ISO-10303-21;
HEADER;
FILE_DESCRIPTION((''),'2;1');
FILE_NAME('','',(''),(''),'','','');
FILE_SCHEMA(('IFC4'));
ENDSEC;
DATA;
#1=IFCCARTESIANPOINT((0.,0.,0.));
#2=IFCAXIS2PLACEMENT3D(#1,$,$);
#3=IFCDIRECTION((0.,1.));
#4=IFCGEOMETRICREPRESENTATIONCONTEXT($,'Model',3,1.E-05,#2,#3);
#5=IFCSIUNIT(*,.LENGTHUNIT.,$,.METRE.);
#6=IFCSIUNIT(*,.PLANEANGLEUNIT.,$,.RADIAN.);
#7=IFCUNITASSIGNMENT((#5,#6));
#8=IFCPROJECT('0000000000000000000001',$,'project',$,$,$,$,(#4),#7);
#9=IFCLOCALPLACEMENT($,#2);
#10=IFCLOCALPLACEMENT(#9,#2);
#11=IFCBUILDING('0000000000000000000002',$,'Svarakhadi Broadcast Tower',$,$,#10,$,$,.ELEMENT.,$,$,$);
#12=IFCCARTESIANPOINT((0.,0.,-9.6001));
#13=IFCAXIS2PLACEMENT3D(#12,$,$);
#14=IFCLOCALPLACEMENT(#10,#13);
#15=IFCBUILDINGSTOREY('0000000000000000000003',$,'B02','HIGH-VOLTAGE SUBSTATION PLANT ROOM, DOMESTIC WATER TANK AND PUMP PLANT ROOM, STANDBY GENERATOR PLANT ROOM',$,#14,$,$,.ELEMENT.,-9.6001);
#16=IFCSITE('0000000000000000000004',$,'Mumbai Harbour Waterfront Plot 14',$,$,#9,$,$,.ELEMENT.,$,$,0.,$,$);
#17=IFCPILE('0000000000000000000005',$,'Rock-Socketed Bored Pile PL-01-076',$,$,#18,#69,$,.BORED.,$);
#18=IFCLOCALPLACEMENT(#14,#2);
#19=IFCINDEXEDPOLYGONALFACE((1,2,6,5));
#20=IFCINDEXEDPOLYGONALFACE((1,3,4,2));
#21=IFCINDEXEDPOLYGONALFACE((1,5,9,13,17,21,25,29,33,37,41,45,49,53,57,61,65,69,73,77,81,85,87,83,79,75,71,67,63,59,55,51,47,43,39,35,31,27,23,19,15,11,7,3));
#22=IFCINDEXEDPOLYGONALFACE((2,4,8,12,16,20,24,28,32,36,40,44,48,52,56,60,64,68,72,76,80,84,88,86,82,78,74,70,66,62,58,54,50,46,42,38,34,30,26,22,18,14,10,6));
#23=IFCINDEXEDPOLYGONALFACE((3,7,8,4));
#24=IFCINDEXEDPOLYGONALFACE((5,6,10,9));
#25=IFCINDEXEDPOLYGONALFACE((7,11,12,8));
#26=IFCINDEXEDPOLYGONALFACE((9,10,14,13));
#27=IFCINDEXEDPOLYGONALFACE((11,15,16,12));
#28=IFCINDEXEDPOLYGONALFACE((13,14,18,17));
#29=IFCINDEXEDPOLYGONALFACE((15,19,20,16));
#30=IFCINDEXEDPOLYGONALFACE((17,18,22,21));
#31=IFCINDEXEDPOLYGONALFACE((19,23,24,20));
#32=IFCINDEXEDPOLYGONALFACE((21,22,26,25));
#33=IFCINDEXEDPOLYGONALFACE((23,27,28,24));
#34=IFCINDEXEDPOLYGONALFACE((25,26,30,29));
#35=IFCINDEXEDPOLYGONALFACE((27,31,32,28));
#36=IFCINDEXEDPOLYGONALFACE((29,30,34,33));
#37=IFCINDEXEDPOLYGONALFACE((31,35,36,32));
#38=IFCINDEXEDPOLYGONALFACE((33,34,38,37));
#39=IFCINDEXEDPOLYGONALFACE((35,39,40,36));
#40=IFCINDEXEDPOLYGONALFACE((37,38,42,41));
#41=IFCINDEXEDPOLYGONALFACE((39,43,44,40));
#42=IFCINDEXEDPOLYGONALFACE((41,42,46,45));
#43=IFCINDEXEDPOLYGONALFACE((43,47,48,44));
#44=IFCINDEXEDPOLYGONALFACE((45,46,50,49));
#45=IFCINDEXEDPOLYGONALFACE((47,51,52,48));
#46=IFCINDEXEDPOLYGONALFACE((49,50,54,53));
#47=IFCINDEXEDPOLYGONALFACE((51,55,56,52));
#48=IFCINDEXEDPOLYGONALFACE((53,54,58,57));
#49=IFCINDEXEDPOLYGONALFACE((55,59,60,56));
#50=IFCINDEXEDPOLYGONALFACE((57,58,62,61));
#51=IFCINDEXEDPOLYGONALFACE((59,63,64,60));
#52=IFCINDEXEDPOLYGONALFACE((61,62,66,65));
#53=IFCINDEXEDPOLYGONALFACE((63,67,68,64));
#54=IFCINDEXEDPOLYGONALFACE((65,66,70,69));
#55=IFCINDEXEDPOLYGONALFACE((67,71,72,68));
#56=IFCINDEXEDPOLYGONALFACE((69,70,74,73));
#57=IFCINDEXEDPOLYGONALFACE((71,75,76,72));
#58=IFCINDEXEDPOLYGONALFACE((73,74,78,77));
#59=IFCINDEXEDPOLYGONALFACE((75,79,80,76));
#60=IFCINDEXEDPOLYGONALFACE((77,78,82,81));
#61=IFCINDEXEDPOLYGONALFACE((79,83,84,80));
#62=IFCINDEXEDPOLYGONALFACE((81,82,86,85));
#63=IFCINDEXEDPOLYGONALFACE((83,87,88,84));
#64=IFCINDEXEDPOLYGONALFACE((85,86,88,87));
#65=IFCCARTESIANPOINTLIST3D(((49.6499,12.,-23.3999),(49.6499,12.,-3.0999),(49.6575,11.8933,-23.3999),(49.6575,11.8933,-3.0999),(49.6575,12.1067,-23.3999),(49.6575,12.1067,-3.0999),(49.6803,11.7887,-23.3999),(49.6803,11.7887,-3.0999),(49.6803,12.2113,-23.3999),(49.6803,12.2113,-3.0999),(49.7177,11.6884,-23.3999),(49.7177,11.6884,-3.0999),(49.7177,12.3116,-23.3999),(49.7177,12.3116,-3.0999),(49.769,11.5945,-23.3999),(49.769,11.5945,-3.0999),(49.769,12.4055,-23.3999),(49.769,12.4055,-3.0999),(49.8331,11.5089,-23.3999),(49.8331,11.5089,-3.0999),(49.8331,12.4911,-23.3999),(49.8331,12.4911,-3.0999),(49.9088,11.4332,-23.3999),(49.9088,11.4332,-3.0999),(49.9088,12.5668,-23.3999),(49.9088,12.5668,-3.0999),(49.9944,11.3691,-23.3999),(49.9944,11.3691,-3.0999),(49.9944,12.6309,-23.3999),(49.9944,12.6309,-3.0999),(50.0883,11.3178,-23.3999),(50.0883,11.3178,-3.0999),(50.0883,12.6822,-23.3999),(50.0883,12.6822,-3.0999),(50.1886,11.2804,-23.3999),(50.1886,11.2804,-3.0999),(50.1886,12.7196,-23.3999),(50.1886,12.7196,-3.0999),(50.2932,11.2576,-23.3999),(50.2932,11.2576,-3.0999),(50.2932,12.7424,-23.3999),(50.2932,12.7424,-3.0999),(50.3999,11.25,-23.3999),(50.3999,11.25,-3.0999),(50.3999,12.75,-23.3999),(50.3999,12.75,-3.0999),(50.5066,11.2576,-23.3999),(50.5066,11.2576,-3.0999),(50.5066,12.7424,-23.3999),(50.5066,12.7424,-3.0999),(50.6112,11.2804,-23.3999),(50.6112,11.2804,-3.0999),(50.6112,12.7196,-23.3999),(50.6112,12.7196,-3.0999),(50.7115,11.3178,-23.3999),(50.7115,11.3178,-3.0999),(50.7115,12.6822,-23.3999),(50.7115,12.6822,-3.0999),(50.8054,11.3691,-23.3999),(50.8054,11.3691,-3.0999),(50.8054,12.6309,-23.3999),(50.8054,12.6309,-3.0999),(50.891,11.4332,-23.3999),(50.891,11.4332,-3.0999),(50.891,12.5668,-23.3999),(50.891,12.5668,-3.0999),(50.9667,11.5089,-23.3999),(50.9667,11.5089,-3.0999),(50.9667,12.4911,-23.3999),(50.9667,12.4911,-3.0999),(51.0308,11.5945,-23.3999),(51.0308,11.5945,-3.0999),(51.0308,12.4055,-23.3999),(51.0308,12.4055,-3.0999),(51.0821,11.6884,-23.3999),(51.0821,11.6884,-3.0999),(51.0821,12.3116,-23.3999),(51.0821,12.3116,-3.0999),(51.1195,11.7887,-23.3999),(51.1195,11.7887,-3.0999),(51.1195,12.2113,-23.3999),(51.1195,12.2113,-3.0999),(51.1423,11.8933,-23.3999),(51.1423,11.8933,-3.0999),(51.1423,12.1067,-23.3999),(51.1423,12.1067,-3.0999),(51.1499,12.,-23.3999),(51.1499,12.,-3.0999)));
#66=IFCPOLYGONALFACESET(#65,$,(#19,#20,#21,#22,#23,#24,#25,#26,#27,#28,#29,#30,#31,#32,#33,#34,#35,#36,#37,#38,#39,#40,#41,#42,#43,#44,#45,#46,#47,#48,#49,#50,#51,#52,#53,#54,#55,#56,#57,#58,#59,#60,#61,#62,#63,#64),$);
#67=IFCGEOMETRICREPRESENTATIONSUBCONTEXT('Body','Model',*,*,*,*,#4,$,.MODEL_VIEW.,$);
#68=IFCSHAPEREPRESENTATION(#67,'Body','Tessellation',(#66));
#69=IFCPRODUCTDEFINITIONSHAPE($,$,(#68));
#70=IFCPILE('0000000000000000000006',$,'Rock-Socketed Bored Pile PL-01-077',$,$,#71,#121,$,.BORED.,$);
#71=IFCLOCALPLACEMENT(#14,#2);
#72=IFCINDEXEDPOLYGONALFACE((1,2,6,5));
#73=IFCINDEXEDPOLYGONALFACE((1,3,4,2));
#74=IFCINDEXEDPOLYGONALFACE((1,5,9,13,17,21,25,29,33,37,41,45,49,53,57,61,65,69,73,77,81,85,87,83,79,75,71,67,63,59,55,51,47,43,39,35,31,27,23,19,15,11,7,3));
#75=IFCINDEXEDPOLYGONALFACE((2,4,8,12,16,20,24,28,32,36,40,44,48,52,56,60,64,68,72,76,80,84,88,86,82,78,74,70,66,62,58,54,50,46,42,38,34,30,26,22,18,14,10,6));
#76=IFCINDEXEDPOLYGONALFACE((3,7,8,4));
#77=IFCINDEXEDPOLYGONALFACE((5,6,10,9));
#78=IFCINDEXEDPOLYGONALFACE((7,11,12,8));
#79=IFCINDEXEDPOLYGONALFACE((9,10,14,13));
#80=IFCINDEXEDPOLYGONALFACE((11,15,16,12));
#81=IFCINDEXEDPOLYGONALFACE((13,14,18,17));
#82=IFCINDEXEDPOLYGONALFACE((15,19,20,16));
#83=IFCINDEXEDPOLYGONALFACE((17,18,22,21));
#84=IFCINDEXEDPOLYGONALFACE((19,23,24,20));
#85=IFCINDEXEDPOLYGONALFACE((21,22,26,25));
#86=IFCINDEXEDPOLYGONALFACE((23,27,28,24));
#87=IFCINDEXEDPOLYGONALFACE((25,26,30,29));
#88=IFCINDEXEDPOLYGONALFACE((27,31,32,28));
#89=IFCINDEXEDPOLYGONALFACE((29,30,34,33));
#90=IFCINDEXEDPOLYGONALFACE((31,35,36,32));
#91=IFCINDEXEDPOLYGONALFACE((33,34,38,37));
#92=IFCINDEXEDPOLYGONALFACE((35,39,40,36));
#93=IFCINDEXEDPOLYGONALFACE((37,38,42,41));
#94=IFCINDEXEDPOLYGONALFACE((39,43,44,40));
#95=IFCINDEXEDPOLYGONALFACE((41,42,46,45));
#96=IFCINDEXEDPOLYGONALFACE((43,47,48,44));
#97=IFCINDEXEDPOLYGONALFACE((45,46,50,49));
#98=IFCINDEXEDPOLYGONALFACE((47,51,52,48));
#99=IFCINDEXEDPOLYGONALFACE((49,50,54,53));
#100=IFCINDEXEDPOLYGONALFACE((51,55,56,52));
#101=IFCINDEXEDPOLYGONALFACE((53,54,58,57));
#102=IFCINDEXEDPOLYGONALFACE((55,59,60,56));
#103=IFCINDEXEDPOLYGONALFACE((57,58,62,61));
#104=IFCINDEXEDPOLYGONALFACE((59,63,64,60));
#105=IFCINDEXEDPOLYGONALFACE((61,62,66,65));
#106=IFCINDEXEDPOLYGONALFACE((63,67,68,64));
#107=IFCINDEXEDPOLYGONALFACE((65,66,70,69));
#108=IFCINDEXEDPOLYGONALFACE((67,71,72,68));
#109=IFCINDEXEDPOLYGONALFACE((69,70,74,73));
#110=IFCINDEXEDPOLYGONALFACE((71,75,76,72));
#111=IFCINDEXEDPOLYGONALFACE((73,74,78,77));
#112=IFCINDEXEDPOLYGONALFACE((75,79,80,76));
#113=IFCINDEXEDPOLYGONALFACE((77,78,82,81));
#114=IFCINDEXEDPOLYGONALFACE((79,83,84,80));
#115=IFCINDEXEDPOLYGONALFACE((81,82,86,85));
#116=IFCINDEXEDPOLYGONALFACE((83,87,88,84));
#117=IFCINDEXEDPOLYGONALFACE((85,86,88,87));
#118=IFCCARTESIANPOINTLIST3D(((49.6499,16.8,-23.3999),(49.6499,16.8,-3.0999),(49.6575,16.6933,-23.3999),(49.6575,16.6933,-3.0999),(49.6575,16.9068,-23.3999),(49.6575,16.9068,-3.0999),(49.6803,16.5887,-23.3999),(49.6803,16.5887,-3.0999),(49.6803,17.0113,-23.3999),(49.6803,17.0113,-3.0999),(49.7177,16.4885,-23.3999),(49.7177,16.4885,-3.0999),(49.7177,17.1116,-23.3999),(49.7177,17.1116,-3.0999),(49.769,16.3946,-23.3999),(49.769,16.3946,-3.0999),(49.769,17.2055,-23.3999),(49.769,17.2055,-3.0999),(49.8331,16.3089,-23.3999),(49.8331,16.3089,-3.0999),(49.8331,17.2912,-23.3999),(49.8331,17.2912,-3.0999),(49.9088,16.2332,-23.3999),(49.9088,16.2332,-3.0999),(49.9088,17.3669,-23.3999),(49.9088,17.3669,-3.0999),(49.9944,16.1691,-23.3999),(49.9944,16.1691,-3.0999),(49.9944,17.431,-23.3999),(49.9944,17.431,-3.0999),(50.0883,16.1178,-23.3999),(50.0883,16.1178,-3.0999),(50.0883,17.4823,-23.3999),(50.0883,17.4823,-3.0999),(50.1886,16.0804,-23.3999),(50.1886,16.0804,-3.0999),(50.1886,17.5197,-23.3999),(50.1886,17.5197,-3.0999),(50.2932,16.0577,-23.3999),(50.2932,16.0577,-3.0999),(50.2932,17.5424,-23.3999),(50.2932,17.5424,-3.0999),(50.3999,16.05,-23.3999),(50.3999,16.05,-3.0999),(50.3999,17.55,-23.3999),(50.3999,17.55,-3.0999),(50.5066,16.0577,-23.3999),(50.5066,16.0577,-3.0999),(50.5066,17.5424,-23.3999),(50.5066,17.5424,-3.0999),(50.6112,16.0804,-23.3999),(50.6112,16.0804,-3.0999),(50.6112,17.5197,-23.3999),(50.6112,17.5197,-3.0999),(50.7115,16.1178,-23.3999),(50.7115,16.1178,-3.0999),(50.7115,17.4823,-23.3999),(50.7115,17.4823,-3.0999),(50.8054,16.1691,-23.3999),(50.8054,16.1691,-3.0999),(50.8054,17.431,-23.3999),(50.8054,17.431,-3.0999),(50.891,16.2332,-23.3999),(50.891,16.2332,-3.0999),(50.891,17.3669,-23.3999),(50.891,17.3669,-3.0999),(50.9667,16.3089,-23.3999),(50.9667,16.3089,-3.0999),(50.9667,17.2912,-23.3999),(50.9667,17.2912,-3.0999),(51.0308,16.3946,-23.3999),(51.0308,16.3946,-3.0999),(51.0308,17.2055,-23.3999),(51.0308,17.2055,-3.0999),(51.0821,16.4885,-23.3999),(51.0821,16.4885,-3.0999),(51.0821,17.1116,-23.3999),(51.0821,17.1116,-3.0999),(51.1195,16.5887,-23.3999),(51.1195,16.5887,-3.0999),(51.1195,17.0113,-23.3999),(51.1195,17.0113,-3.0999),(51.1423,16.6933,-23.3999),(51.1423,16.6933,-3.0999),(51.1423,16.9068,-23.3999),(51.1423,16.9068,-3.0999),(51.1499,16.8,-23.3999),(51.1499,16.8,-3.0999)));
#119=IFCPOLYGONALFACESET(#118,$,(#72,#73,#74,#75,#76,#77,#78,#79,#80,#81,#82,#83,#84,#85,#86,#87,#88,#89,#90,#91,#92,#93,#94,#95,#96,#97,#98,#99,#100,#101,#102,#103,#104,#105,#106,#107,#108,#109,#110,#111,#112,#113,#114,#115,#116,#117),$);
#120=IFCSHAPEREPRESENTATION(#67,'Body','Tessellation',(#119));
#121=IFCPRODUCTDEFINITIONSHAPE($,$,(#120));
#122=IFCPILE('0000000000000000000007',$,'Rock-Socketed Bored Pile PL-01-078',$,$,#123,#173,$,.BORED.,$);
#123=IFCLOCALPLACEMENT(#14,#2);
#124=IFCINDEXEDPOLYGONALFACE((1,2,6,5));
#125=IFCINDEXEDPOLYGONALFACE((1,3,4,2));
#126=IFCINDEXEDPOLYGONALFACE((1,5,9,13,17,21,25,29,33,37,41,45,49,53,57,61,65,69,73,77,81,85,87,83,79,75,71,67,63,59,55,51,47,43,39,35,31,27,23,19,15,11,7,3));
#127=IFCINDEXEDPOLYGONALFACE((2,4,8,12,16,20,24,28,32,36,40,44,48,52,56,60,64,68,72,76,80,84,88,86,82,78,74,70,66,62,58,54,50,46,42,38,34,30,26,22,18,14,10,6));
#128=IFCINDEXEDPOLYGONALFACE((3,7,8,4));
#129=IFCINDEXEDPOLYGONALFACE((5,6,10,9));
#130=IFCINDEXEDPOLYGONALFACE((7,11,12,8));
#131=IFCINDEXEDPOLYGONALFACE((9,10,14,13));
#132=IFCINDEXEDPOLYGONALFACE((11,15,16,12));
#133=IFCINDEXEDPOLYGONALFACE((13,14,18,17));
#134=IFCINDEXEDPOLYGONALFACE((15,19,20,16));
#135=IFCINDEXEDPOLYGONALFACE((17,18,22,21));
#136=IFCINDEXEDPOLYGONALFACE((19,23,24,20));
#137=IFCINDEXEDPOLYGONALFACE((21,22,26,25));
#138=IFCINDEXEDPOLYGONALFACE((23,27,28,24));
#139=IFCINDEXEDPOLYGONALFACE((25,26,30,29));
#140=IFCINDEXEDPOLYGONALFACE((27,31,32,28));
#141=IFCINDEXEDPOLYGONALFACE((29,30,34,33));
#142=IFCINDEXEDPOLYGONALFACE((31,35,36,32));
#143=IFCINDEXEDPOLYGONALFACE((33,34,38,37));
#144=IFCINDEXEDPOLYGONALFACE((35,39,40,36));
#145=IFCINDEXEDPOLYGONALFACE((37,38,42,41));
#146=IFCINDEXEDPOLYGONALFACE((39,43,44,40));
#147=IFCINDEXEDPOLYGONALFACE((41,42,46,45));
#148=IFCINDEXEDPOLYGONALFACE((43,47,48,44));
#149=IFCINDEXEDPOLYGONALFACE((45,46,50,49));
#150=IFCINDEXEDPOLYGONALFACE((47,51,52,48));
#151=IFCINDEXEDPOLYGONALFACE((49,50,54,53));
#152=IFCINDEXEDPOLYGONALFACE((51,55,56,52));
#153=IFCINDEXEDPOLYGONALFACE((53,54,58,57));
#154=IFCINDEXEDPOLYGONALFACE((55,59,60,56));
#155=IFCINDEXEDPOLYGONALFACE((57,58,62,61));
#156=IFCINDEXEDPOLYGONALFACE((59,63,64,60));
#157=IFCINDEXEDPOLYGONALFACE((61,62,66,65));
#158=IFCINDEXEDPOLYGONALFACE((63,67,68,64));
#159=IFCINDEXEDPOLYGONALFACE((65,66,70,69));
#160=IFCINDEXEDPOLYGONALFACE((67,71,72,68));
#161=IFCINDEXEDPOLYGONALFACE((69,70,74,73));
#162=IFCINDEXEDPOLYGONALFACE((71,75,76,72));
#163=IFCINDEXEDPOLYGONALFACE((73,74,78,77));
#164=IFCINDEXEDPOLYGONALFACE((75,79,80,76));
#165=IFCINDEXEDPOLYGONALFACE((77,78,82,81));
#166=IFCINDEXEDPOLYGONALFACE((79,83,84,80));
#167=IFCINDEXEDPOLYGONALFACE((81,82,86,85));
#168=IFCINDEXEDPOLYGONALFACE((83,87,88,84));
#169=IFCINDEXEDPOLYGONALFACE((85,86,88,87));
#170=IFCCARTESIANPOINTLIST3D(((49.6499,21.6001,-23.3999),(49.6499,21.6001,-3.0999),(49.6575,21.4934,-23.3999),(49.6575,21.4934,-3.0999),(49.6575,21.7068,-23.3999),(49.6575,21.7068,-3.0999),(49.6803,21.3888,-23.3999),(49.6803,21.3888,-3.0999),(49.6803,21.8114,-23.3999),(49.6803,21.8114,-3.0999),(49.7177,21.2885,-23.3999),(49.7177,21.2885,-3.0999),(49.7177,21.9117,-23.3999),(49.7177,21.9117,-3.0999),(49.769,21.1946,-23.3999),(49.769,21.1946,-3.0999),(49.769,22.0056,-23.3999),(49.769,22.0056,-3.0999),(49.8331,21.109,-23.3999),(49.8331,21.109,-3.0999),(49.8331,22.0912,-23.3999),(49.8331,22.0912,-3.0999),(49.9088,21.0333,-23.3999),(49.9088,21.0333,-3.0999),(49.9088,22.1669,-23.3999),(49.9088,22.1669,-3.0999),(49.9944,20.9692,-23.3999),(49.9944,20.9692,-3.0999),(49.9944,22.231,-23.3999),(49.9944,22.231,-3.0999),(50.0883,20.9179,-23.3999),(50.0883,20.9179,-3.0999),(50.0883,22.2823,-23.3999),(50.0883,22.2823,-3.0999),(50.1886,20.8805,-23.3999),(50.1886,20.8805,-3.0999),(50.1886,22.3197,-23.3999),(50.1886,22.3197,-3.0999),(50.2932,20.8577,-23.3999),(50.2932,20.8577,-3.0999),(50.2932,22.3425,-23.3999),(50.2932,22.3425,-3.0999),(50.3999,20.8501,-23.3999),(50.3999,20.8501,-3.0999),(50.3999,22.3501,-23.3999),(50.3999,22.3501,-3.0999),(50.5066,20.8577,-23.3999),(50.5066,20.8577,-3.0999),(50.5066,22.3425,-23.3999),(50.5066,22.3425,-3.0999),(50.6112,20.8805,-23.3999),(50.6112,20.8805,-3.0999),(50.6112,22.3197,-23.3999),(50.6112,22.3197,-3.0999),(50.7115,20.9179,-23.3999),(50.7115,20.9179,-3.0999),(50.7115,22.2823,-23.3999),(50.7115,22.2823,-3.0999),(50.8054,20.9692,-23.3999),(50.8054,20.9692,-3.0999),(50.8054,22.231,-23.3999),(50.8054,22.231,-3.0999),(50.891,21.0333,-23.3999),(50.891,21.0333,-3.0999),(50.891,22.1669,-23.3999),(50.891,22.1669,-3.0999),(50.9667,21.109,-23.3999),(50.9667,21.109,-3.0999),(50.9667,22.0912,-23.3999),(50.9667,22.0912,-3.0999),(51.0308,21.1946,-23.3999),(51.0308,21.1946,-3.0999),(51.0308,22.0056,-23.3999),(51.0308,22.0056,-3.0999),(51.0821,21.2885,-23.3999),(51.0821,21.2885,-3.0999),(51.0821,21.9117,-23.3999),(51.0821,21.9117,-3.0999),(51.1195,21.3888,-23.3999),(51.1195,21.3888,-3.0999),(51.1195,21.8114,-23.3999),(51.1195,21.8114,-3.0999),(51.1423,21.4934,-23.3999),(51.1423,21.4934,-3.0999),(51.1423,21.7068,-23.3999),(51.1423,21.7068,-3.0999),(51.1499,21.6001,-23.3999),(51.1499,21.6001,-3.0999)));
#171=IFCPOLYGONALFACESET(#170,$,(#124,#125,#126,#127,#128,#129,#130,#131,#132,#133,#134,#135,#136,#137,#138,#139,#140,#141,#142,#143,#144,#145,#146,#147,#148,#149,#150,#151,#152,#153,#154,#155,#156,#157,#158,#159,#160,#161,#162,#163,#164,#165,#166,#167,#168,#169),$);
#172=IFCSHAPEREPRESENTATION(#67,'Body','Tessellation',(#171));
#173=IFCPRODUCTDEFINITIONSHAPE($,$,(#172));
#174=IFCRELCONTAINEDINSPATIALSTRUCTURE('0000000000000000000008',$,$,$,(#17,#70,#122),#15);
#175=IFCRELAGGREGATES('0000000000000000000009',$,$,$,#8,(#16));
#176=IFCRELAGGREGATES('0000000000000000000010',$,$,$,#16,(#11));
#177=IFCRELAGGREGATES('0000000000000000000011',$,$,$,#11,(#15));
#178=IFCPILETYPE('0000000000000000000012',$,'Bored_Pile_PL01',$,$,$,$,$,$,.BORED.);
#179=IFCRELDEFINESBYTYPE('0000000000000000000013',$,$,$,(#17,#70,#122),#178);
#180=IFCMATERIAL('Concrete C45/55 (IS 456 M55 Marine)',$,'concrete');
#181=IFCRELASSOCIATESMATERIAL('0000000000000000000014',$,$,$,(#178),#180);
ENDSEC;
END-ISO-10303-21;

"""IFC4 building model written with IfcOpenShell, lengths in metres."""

from ifc_helpers import new_model, si_unit, direction, frame, origin, origin_2d, place, context, subcontext, project, spatial, circle, extrude, material, material_profile, profile_set, type_object, element, save


model = new_model("IFC4")

# Units and contexts
model_context = context("Model", 3, precision=1e-05, world=origin(), true_north=direction((0.0, 1.0)))
body_context = subcontext(model_context, "Body", "Model", "MODEL_VIEW")
ifc_project = project(units=[si_unit("LENGTHUNIT", "METRE"), si_unit("PLANEANGLEUNIT", "RADIAN")], contexts=[model_context])

# Site, building, storey
site_placement = place(None, origin())
site = spatial("IfcSite", under=ifc_project, at=site_placement, Name="Mumbai Harbour Waterfront Plot 14", CompositionType="ELEMENT", RefElevation=0.0)
building_placement = place(site_placement, origin())
building = spatial("IfcBuilding", under=site, at=building_placement, Name="Svarakhadi Broadcast Tower", CompositionType="ELEMENT")
storey_placement = place(building_placement, frame((0.0, 0.0, -9.6001)))
storey = spatial("IfcBuildingStorey", under=building, at=storey_placement, Name="B02", Description="HIGH-VOLTAGE SUBSTATION PLANT ROOM, DOMESTIC WATER TANK AND PUMP PLANT ROOM, STANDBY GENERATOR PLANT ROOM", CompositionType="ELEMENT", Elevation=-9.6001)

# Piles
ifc_material_1 = material(Name="Concrete C45/55 (IS 456 M55 Marine)", Category="concrete")
ifc_material_profile_1 = material_profile(ifc_material_1, circle(Radius=0.75, at=origin_2d()), Name="PILE D1500")
ifc_profile_set_1 = profile_set([ifc_material_profile_1], Name="Concrete C45/55 (IS 456 M55 Marine)")
pile_type_1 = type_object("IfcPileType", Name="Bored_Pile_PL01", PredefinedType="BORED", material=ifc_profile_set_1)
for number, where, z_axis, x_axis, name in (
    (1, (50.3999, 12.0, -3.0999), (0.0, 0.0, -1.0), (1.0, 0.0, 0.0), "Rock-Socketed Bored Pile PL-01-076"),
    (2, (50.3999, 16.8, -3.0999), (0.0, 0.0, -1.0), (1.0, 0.0, 0.0), "Rock-Socketed Bored Pile PL-01-077"),
    (3, (50.3999, 21.6001, -3.0999), (0.0, 0.0, -1.0), (1.0, 0.0, 0.0), "Rock-Socketed Bored Pile PL-01-078"),
):
    element("IfcPile", number, at=place(storey_placement, frame(where, z_axis=z_axis, x_axis=x_axis)), inside=storey, type_object=pile_type_1, Name=name, PredefinedType="BORED", context=body_context, shape_type="SweptSolid", body=[
        extrude(circle(Radius=0.75, at=origin_2d()), origin(), (0.0, 0.0, 1.0), 20.3),
    ])

save(model, "model.ifc")
